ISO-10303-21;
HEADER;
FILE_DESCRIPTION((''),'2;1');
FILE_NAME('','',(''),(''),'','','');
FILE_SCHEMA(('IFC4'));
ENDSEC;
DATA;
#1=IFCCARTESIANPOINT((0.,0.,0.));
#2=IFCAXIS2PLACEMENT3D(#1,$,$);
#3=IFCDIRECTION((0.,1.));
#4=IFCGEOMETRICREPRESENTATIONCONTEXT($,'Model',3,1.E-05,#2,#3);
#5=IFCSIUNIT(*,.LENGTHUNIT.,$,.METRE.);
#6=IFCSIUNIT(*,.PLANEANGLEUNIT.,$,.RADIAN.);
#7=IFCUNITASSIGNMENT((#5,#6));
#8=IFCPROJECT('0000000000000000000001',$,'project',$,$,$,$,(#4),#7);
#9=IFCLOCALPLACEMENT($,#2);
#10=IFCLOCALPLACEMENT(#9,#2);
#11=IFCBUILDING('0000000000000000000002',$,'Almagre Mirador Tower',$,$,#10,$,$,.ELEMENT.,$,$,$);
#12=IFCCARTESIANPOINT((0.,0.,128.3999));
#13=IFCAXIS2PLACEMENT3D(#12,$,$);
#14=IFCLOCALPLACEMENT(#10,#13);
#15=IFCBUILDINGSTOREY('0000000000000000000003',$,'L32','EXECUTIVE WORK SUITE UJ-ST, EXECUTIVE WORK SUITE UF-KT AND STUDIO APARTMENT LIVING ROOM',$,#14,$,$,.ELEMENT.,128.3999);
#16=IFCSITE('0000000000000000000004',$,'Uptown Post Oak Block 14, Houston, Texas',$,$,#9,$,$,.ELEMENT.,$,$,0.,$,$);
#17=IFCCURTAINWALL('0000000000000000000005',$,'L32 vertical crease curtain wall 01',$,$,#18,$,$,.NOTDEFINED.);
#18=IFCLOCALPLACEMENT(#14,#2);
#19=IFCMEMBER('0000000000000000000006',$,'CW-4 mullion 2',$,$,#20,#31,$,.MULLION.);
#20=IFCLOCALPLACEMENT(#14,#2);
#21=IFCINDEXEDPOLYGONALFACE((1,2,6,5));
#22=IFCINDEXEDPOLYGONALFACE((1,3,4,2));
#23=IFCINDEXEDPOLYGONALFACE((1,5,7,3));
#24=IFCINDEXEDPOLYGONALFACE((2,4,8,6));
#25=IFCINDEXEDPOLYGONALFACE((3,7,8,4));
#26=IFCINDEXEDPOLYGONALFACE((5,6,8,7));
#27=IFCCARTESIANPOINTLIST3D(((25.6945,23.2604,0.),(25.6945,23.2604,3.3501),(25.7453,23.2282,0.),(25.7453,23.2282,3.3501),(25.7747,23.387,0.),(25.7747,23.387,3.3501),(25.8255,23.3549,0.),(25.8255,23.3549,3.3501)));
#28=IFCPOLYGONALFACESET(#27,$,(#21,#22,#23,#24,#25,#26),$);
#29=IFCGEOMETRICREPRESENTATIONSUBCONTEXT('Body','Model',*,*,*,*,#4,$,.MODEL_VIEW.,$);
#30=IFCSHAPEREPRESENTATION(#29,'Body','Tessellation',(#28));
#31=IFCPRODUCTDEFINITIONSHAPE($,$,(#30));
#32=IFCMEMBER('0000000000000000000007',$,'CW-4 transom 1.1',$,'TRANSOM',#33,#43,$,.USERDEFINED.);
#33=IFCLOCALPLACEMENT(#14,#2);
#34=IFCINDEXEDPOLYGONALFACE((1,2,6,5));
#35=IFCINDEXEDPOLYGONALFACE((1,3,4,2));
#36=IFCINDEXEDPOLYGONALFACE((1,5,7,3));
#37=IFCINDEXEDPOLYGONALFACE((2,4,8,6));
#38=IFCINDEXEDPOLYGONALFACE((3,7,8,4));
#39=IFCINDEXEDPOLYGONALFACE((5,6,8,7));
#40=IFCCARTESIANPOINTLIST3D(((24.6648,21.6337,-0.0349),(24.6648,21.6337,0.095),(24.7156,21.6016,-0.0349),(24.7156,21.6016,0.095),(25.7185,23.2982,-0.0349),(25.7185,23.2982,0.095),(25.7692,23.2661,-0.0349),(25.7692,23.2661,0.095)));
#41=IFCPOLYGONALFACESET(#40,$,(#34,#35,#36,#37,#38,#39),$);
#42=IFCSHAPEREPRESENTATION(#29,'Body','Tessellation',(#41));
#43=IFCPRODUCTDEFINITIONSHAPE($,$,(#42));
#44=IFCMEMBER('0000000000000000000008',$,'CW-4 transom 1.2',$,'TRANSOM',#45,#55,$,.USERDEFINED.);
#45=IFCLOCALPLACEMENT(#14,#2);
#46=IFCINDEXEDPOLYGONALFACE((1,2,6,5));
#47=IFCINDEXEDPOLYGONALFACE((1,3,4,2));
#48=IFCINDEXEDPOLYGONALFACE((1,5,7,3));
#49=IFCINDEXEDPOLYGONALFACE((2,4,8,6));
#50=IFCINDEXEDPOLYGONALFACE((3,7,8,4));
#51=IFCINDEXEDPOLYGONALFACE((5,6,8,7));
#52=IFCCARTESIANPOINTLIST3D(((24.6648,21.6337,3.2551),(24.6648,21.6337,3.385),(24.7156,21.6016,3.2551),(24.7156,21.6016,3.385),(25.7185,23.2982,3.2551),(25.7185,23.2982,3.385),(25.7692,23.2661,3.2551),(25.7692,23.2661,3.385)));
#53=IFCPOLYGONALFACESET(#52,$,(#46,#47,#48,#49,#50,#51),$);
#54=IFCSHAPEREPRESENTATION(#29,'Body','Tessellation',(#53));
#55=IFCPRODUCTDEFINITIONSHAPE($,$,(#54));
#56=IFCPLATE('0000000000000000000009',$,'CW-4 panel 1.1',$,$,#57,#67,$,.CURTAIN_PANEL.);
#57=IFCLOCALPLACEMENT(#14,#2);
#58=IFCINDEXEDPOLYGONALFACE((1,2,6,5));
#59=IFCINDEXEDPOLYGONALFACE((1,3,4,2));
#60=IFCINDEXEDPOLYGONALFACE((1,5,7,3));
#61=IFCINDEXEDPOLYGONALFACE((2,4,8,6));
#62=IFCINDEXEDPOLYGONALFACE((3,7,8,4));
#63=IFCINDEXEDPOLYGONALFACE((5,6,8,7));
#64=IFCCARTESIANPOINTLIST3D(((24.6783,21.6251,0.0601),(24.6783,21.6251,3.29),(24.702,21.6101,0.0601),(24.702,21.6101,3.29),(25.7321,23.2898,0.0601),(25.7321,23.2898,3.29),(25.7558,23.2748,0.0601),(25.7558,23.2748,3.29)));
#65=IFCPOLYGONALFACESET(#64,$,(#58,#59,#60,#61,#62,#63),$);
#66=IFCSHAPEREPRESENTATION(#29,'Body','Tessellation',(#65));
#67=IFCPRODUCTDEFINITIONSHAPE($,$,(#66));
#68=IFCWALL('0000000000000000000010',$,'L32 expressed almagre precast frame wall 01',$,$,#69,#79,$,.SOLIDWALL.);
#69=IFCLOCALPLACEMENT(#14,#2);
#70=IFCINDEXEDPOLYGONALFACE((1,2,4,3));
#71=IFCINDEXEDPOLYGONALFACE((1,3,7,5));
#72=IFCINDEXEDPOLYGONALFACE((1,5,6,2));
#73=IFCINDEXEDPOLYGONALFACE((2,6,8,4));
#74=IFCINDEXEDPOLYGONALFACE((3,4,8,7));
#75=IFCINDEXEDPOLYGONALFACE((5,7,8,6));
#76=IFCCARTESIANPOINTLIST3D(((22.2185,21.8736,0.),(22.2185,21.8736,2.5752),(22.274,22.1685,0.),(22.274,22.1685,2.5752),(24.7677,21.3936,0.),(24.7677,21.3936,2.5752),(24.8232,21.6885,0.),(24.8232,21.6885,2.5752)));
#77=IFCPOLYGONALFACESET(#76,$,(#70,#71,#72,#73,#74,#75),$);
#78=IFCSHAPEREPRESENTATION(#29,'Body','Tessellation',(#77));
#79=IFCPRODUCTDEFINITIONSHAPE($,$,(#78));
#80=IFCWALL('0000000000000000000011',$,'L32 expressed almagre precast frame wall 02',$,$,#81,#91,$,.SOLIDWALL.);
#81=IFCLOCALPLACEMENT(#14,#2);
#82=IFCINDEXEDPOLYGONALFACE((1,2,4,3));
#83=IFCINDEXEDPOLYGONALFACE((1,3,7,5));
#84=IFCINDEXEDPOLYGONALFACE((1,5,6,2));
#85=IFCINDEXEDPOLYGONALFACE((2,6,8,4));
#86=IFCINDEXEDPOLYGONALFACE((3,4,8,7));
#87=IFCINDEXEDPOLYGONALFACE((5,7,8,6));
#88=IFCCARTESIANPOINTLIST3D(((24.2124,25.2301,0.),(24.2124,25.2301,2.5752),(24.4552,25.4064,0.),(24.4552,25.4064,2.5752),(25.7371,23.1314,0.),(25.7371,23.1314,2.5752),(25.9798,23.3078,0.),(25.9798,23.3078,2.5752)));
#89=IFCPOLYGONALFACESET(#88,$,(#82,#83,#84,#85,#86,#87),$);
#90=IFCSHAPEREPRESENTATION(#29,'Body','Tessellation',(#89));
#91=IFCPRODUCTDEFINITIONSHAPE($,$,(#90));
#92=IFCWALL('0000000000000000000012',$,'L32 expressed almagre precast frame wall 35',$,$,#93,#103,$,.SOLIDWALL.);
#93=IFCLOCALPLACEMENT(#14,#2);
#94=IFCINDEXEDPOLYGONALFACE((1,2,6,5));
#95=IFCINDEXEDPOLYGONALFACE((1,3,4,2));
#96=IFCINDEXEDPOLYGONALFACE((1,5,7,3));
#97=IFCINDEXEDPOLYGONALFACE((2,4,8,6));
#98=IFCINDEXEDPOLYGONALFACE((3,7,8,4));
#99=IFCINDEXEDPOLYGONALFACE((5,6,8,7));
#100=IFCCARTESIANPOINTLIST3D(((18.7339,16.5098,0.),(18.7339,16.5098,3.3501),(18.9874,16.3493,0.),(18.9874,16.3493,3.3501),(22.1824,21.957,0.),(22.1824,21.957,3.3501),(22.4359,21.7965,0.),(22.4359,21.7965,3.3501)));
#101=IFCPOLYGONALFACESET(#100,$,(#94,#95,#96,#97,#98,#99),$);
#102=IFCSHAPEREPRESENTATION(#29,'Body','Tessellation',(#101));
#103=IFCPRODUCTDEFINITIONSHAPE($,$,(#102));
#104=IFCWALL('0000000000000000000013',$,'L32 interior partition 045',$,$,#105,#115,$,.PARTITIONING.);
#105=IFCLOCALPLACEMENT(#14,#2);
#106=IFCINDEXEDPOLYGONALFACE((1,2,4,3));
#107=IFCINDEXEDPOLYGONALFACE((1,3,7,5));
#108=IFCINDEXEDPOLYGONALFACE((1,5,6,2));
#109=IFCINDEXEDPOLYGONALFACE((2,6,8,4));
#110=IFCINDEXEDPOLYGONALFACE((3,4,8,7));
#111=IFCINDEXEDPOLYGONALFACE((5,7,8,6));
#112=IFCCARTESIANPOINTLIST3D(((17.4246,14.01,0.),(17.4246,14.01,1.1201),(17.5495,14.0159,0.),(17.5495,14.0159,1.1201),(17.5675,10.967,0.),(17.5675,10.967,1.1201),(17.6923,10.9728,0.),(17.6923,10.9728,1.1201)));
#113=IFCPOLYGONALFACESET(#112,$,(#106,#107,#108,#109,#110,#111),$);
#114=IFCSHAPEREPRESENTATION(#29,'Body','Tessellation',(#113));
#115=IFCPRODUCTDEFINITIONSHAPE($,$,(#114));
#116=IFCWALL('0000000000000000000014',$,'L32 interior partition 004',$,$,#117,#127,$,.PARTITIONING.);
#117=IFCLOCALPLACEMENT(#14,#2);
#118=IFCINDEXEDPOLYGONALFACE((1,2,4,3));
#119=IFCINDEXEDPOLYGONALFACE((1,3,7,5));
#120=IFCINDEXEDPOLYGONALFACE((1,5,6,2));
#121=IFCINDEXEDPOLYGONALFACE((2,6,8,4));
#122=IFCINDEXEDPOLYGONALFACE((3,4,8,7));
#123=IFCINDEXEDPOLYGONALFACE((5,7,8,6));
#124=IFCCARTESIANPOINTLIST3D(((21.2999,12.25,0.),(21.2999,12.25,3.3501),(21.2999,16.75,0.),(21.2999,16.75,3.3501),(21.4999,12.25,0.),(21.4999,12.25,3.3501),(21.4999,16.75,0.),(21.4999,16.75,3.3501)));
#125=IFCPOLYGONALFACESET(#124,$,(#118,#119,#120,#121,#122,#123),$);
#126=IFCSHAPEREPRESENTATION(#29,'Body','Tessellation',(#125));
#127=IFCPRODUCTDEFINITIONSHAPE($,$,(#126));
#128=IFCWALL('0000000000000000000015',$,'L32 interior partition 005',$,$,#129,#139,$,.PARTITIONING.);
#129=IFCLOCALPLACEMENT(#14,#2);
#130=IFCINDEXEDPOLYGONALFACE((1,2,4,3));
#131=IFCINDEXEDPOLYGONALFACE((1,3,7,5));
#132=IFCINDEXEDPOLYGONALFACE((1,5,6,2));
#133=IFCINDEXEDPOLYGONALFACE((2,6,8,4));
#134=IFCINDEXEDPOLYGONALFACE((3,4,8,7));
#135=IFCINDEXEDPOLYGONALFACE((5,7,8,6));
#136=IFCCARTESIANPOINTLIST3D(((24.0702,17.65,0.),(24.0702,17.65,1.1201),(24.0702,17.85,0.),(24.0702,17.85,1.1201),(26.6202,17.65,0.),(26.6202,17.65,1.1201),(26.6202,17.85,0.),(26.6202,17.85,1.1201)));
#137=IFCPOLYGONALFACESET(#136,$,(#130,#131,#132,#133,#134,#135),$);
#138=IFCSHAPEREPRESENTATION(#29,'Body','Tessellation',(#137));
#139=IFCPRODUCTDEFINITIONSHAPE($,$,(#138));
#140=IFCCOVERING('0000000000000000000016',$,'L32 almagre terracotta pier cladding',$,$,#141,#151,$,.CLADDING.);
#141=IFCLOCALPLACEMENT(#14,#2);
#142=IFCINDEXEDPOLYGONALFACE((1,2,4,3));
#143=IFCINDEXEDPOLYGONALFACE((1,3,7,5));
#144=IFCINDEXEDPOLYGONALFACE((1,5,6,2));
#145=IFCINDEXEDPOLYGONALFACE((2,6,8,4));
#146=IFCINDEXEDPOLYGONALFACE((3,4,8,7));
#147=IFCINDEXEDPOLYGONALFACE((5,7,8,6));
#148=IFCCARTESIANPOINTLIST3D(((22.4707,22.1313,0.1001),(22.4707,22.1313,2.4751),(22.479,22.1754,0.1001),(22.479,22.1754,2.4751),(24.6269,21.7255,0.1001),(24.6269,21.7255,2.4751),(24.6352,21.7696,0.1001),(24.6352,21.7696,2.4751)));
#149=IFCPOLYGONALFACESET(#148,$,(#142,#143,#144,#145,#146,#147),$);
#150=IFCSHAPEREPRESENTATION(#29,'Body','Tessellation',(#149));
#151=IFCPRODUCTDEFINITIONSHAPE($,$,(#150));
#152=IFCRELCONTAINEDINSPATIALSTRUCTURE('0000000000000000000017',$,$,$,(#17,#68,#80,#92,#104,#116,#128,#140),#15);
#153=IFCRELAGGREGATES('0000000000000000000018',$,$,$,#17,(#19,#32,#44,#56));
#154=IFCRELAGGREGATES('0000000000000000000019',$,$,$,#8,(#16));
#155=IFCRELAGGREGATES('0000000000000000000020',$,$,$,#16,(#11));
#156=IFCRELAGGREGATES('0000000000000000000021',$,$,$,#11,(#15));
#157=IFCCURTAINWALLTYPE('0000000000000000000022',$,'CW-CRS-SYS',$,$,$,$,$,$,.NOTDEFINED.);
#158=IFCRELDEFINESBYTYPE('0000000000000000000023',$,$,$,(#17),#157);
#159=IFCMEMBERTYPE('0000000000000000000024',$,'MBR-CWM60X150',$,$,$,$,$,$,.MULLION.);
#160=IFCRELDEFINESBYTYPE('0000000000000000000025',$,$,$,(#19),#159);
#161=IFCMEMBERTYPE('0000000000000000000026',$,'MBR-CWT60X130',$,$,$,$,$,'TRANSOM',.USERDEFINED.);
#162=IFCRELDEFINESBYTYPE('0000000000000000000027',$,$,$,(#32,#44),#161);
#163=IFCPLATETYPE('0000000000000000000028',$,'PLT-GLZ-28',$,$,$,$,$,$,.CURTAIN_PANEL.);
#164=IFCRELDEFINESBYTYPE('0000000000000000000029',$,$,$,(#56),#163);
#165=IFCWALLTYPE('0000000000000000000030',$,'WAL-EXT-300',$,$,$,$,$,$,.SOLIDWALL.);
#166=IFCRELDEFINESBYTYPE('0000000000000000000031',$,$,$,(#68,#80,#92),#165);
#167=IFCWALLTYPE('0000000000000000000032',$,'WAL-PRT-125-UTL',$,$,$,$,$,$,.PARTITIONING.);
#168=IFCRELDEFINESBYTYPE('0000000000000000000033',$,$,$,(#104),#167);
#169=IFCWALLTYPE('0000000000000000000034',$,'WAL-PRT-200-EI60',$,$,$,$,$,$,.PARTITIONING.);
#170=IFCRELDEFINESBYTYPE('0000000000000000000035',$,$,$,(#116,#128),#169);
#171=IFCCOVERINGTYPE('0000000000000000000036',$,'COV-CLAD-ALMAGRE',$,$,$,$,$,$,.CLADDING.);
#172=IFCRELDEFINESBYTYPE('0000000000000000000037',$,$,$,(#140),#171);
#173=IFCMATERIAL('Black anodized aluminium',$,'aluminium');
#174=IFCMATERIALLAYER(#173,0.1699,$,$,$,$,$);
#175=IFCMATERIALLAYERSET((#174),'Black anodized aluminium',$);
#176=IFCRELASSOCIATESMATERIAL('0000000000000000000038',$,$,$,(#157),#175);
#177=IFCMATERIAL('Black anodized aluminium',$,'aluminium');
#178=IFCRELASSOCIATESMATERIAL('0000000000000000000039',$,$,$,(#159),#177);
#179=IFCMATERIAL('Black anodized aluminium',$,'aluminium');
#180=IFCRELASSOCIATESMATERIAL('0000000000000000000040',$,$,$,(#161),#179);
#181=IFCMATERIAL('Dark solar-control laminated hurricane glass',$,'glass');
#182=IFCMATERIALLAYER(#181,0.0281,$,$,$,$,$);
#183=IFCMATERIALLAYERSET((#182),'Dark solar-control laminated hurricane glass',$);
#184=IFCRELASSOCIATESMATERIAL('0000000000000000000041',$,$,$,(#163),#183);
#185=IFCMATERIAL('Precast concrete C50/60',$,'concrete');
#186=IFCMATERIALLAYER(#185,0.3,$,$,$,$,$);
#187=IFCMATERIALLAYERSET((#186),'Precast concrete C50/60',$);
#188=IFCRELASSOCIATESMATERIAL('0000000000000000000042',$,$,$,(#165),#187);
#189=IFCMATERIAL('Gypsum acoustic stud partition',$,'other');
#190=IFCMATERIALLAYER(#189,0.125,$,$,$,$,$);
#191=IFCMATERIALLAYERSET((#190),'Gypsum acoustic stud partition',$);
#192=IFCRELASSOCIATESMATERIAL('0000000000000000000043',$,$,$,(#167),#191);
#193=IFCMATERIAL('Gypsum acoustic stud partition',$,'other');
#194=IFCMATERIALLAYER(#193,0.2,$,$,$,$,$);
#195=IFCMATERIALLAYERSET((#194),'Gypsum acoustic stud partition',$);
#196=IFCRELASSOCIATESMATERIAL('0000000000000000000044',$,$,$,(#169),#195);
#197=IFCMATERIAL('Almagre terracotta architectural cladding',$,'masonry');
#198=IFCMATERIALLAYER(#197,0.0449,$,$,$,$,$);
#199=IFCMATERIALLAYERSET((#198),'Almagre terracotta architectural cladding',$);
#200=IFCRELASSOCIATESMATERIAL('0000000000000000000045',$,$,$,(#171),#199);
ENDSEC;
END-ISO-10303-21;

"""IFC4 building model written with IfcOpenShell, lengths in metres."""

from ifc_helpers import new_model, si_unit, direction, frame, frame_2d, origin, origin_2d, place, context, subcontext, project, spatial, rectangle, extrude, material, layer, layer_set, material_profile, profile_set, type_object, element, aggregate, save


model = new_model("IFC4")

# Units and contexts
model_context = context("Model", 3, precision=1e-05, world=origin(), true_north=direction((0.0, 1.0)))
body_context = subcontext(model_context, "Body", "Model", "MODEL_VIEW")
ifc_project = project(units=[si_unit("LENGTHUNIT", "METRE"), si_unit("PLANEANGLEUNIT", "RADIAN")], contexts=[model_context])

# Site, building, storey
site_placement = place(None, origin())
site = spatial("IfcSite", under=ifc_project, at=site_placement, Name="Uptown Post Oak Block 14, Houston, Texas", CompositionType="ELEMENT", RefElevation=0.0)
building_placement = place(site_placement, origin())
building = spatial("IfcBuilding", under=site, at=building_placement, Name="Almagre Mirador Tower", CompositionType="ELEMENT")
storey_placement = place(building_placement, frame((0.0, 0.0, 128.3999)))
storey = spatial("IfcBuildingStorey", under=building, at=storey_placement, Name="L32", Description="EXECUTIVE WORK SUITE UJ-ST, EXECUTIVE WORK SUITE UF-KT AND STUDIO APARTMENT LIVING ROOM", CompositionType="ELEMENT", Elevation=128.3999)

# Curtain wall, members, plate
ifc_material_1 = material(Name="Black anodized aluminium", Category="aluminium")
ifc_layer_1 = layer(ifc_material_1, 0.1699)
ifc_layer_set_1 = layer_set([ifc_layer_1], Name="Black anodized aluminium")
curtain_wall_type = type_object("IfcCurtainWallType", Name="CW-CRS-SYS", PredefinedType="NOTDEFINED", material=ifc_layer_set_1)
curtain_wall_placement = place(storey_placement, origin())
curtain_wall = element("IfcCurtainWall", 1, at=curtain_wall_placement, inside=storey, type_object=curtain_wall_type, Name="L32 vertical crease curtain wall 01", PredefinedType="NOTDEFINED")
ifc_material_2 = material(Name="Black anodized aluminium", Category="aluminium")
ifc_material_profile_1 = material_profile(ifc_material_2, rectangle(XDim=0.0601, YDim=0.1499, at=origin_2d()), Name="CWM60X150")
ifc_profile_set_1 = profile_set([ifc_material_profile_1], Name="Black anodized aluminium")
member_type_1 = type_object("IfcMemberType", Name="MBR-CWM60X150", PredefinedType="MULLION", material=ifc_profile_set_1)
member_1_placement = place(storey_placement, frame((25.76, 23.3076, 0.0), z_axis=(0.0, 0.0, 1.0), x_axis=(-0.84492, 0.534893, 0.0)))
member_1 = element("IfcMember", 2, at=member_1_placement, type_object=member_type_1, Name="CW-4 mullion 2", PredefinedType="MULLION", context=body_context, shape_type="SweptSolid", body=[
    extrude(rectangle(XDim=0.0601, YDim=0.1499, at=origin_2d()), origin(), (0.0, 0.0, 1.0), 3.3501),
])
ifc_material_3 = material(Name="Black anodized aluminium", Category="aluminium")
ifc_material_profile_2 = material_profile(ifc_material_3, rectangle(XDim=0.0601, YDim=0.1299, at=origin_2d()), Name="CWT60X130")
ifc_profile_set_2 = profile_set([ifc_material_profile_2], Name="Black anodized aluminium")
member_type_2 = type_object("IfcMemberType", Name="MBR-CWT60X130", ElementType="TRANSOM", PredefinedType="USERDEFINED", material=ifc_profile_set_2)
member_2_placement = place(storey_placement, frame((24.6902, 21.6177, 0.03), z_axis=(0.534869, 0.844935, 0.0), x_axis=(-0.844935, 0.534869, 0.0)))
member_2 = element("IfcMember", 3, at=member_2_placement, type_object=member_type_2, Name="CW-4 transom 1.1", ObjectType="TRANSOM", PredefinedType="USERDEFINED", context=body_context, shape_type="SweptSolid", body=[
    extrude(rectangle(XDim=0.0601, YDim=0.1299, at=origin_2d()), origin(), (0.0, 0.0, 1.0), 1.97),
])
member_3_placement = place(storey_placement, frame((24.6902, 21.6177, 3.3201), z_axis=(0.534869, 0.844935, 0.0), x_axis=(-0.844935, 0.534869, 0.0)))
member_3 = element("IfcMember", 4, at=member_3_placement, type_object=member_type_2, Name="CW-4 transom 1.2", ObjectType="TRANSOM", PredefinedType="USERDEFINED", context=body_context, shape_type="SweptSolid", body=[
    extrude(rectangle(XDim=0.0601, YDim=0.1299, at=origin_2d()), origin(), (0.0, 0.0, 1.0), 1.97),
])
ifc_material_4 = material(Name="Dark solar-control laminated hurricane glass", Category="glass")
ifc_layer_2 = layer(ifc_material_4, 0.0281)
ifc_layer_set_2 = layer_set([ifc_layer_2], Name="Dark solar-control laminated hurricane glass")
plate_type = type_object("IfcPlateType", Name="PLT-GLZ-28", PredefinedType="CURTAIN_PANEL", material=ifc_layer_set_2)
plate_placement = place(storey_placement, frame((25.217, 22.45, 0.0601), z_axis=(0.0, 0.0, 1.0), x_axis=(0.534893, 0.84492, 0.0)))
plate = element("IfcPlate", 5, at=plate_placement, type_object=plate_type, Name="CW-4 panel 1.1", PredefinedType="CURTAIN_PANEL", context=body_context, shape_type="SweptSolid", body=[
    extrude(rectangle(XDim=1.9702, YDim=0.0281, at=origin_2d()), origin(), (0.0, 0.0, 1.0), 3.23),
])
aggregate(curtain_wall, [member_1, member_2, member_3, plate])

# Walls
ifc_material_5 = material(Name="Precast concrete C50/60", Category="concrete")
ifc_layer_3 = layer(ifc_material_5, 0.3)
ifc_layer_set_3 = layer_set([ifc_layer_3], Name="Precast concrete C50/60")
wall_type_1 = type_object("IfcWallType", Name="WAL-EXT-300", PredefinedType="SOLIDWALL", material=ifc_layer_set_3)
for number, where, z_axis, x_axis, name in (
    (6, (22.2463, 22.021, 0.0), (0.0, 0.0, 1.0), (0.982733, -0.185027, 0.0), "L32 expressed almagre precast frame wall 01"),
    (7, (25.8584, 23.2197, 0.0), (0.0, 0.0, 1.0), (-0.587763, 0.809033, 0.0), "L32 expressed almagre precast frame wall 02"),
):
    element("IfcWall", number, at=place(storey_placement, frame(where, z_axis=z_axis, x_axis=x_axis)), inside=storey, type_object=wall_type_1, Name=name, PredefinedType="SOLIDWALL", context=body_context, shape_type="SweptSolid", body=[
        extrude(rectangle(XDim=2.594, YDim=0.3, at=frame_2d((1.2969, 0.0))), origin(), (0.0, 0.0, 1.0), 2.5752),
    ])
wall_1_placement = place(storey_placement, frame((18.8606, 16.4294, 0.0), z_axis=(0.0, 0.0, 1.0), x_axis=(0.534892, 0.844921, 0.0)))
element("IfcWall", 8, at=wall_1_placement, inside=storey, type_object=wall_type_1, Name="L32 expressed almagre precast frame wall 35", PredefinedType="SOLIDWALL", context=body_context, shape_type="SweptSolid", body=[
    extrude(rectangle(XDim=6.447, YDim=0.3, at=frame_2d((3.2236, 0.0))), origin(), (0.0, 0.0, 1.0), 3.3501),
])
ifc_material_6 = material(Name="Gypsum acoustic stud partition", Category="other")
ifc_layer_4 = layer(ifc_material_6, 0.125)
ifc_layer_set_4 = layer_set([ifc_layer_4], Name="Gypsum acoustic stud partition")
wall_type_2 = type_object("IfcWallType", Name="WAL-PRT-125-UTL", PredefinedType="PARTITIONING", material=ifc_layer_set_4)
wall_2_placement = place(storey_placement, frame((17.4871, 14.0129, 0.0), z_axis=(0.0, 0.0, 1.0), x_axis=(0.046884, -0.9989, 0.0)))
element("IfcWall", 9, at=wall_2_placement, inside=storey, type_object=wall_type_2, Name="L32 interior partition 045", PredefinedType="PARTITIONING", context=body_context, shape_type="SweptSolid", body=[
    extrude(rectangle(XDim=3.0464, YDim=0.125, at=frame_2d((1.5232, 0.0))), origin(), (0.0, 0.0, 1.0), 1.1201),
])
ifc_material_7 = material(Name="Gypsum acoustic stud partition", Category="other")
ifc_layer_5 = layer(ifc_material_7, 0.2)
ifc_layer_set_5 = layer_set([ifc_layer_5], Name="Gypsum acoustic stud partition")
wall_type_3 = type_object("IfcWallType", Name="WAL-PRT-200-EI60", PredefinedType="PARTITIONING", material=ifc_layer_set_5)
wall_3_placement = place(storey_placement, frame((21.3999, 16.75, 0.0), z_axis=(0.0, 0.0, 1.0), x_axis=(0.0, -1.0, 0.0)))
element("IfcWall", 10, at=wall_3_placement, inside=storey, type_object=wall_type_3, Name="L32 interior partition 004", PredefinedType="PARTITIONING", context=body_context, shape_type="SweptSolid", body=[
    extrude(rectangle(XDim=4.5, YDim=0.2, at=frame_2d((2.25, 0.0))), origin(), (0.0, 0.0, 1.0), 3.3501),
])
wall_4_placement = place(storey_placement, frame((26.6201, 17.75, 0.0), z_axis=(0.0, 0.0, 1.0), x_axis=(-1.0, 0.0, 0.0)))
element("IfcWall", 11, at=wall_4_placement, inside=storey, type_object=wall_type_3, Name="L32 interior partition 005", PredefinedType="PARTITIONING", context=body_context, shape_type="SweptSolid", body=[
    extrude(rectangle(XDim=2.55, YDim=0.2, at=frame_2d((1.2749, 0.0))), origin(), (0.0, 0.0, 1.0), 1.1201),
])

# Covering
ifc_material_8 = material(Name="Almagre terracotta architectural cladding", Category="masonry")
ifc_layer_6 = layer(ifc_material_8, 0.0449)
ifc_layer_set_6 = layer_set([ifc_layer_6], Name="Almagre terracotta architectural cladding")
covering_type = type_object("IfcCoveringType", Name="COV-CLAD-ALMAGRE", PredefinedType="CLADDING", material=ifc_layer_set_6)
covering_placement = place(storey_placement, frame((23.553, 21.9504, 0.1001), z_axis=(0.0, 0.0, 1.0), x_axis=(0.982745, -0.184963, 0.0)))
element("IfcCovering", 12, at=covering_placement, inside=storey, type_object=covering_type, Name="L32 almagre terracotta pier cladding", PredefinedType="CLADDING", context=body_context, shape_type="SweptSolid", body=[
    extrude(rectangle(XDim=2.1941, YDim=0.0449, at=origin_2d()), origin(), (0.0, 0.0, 1.0), 2.375),
])

save(model, "model.ifc")
